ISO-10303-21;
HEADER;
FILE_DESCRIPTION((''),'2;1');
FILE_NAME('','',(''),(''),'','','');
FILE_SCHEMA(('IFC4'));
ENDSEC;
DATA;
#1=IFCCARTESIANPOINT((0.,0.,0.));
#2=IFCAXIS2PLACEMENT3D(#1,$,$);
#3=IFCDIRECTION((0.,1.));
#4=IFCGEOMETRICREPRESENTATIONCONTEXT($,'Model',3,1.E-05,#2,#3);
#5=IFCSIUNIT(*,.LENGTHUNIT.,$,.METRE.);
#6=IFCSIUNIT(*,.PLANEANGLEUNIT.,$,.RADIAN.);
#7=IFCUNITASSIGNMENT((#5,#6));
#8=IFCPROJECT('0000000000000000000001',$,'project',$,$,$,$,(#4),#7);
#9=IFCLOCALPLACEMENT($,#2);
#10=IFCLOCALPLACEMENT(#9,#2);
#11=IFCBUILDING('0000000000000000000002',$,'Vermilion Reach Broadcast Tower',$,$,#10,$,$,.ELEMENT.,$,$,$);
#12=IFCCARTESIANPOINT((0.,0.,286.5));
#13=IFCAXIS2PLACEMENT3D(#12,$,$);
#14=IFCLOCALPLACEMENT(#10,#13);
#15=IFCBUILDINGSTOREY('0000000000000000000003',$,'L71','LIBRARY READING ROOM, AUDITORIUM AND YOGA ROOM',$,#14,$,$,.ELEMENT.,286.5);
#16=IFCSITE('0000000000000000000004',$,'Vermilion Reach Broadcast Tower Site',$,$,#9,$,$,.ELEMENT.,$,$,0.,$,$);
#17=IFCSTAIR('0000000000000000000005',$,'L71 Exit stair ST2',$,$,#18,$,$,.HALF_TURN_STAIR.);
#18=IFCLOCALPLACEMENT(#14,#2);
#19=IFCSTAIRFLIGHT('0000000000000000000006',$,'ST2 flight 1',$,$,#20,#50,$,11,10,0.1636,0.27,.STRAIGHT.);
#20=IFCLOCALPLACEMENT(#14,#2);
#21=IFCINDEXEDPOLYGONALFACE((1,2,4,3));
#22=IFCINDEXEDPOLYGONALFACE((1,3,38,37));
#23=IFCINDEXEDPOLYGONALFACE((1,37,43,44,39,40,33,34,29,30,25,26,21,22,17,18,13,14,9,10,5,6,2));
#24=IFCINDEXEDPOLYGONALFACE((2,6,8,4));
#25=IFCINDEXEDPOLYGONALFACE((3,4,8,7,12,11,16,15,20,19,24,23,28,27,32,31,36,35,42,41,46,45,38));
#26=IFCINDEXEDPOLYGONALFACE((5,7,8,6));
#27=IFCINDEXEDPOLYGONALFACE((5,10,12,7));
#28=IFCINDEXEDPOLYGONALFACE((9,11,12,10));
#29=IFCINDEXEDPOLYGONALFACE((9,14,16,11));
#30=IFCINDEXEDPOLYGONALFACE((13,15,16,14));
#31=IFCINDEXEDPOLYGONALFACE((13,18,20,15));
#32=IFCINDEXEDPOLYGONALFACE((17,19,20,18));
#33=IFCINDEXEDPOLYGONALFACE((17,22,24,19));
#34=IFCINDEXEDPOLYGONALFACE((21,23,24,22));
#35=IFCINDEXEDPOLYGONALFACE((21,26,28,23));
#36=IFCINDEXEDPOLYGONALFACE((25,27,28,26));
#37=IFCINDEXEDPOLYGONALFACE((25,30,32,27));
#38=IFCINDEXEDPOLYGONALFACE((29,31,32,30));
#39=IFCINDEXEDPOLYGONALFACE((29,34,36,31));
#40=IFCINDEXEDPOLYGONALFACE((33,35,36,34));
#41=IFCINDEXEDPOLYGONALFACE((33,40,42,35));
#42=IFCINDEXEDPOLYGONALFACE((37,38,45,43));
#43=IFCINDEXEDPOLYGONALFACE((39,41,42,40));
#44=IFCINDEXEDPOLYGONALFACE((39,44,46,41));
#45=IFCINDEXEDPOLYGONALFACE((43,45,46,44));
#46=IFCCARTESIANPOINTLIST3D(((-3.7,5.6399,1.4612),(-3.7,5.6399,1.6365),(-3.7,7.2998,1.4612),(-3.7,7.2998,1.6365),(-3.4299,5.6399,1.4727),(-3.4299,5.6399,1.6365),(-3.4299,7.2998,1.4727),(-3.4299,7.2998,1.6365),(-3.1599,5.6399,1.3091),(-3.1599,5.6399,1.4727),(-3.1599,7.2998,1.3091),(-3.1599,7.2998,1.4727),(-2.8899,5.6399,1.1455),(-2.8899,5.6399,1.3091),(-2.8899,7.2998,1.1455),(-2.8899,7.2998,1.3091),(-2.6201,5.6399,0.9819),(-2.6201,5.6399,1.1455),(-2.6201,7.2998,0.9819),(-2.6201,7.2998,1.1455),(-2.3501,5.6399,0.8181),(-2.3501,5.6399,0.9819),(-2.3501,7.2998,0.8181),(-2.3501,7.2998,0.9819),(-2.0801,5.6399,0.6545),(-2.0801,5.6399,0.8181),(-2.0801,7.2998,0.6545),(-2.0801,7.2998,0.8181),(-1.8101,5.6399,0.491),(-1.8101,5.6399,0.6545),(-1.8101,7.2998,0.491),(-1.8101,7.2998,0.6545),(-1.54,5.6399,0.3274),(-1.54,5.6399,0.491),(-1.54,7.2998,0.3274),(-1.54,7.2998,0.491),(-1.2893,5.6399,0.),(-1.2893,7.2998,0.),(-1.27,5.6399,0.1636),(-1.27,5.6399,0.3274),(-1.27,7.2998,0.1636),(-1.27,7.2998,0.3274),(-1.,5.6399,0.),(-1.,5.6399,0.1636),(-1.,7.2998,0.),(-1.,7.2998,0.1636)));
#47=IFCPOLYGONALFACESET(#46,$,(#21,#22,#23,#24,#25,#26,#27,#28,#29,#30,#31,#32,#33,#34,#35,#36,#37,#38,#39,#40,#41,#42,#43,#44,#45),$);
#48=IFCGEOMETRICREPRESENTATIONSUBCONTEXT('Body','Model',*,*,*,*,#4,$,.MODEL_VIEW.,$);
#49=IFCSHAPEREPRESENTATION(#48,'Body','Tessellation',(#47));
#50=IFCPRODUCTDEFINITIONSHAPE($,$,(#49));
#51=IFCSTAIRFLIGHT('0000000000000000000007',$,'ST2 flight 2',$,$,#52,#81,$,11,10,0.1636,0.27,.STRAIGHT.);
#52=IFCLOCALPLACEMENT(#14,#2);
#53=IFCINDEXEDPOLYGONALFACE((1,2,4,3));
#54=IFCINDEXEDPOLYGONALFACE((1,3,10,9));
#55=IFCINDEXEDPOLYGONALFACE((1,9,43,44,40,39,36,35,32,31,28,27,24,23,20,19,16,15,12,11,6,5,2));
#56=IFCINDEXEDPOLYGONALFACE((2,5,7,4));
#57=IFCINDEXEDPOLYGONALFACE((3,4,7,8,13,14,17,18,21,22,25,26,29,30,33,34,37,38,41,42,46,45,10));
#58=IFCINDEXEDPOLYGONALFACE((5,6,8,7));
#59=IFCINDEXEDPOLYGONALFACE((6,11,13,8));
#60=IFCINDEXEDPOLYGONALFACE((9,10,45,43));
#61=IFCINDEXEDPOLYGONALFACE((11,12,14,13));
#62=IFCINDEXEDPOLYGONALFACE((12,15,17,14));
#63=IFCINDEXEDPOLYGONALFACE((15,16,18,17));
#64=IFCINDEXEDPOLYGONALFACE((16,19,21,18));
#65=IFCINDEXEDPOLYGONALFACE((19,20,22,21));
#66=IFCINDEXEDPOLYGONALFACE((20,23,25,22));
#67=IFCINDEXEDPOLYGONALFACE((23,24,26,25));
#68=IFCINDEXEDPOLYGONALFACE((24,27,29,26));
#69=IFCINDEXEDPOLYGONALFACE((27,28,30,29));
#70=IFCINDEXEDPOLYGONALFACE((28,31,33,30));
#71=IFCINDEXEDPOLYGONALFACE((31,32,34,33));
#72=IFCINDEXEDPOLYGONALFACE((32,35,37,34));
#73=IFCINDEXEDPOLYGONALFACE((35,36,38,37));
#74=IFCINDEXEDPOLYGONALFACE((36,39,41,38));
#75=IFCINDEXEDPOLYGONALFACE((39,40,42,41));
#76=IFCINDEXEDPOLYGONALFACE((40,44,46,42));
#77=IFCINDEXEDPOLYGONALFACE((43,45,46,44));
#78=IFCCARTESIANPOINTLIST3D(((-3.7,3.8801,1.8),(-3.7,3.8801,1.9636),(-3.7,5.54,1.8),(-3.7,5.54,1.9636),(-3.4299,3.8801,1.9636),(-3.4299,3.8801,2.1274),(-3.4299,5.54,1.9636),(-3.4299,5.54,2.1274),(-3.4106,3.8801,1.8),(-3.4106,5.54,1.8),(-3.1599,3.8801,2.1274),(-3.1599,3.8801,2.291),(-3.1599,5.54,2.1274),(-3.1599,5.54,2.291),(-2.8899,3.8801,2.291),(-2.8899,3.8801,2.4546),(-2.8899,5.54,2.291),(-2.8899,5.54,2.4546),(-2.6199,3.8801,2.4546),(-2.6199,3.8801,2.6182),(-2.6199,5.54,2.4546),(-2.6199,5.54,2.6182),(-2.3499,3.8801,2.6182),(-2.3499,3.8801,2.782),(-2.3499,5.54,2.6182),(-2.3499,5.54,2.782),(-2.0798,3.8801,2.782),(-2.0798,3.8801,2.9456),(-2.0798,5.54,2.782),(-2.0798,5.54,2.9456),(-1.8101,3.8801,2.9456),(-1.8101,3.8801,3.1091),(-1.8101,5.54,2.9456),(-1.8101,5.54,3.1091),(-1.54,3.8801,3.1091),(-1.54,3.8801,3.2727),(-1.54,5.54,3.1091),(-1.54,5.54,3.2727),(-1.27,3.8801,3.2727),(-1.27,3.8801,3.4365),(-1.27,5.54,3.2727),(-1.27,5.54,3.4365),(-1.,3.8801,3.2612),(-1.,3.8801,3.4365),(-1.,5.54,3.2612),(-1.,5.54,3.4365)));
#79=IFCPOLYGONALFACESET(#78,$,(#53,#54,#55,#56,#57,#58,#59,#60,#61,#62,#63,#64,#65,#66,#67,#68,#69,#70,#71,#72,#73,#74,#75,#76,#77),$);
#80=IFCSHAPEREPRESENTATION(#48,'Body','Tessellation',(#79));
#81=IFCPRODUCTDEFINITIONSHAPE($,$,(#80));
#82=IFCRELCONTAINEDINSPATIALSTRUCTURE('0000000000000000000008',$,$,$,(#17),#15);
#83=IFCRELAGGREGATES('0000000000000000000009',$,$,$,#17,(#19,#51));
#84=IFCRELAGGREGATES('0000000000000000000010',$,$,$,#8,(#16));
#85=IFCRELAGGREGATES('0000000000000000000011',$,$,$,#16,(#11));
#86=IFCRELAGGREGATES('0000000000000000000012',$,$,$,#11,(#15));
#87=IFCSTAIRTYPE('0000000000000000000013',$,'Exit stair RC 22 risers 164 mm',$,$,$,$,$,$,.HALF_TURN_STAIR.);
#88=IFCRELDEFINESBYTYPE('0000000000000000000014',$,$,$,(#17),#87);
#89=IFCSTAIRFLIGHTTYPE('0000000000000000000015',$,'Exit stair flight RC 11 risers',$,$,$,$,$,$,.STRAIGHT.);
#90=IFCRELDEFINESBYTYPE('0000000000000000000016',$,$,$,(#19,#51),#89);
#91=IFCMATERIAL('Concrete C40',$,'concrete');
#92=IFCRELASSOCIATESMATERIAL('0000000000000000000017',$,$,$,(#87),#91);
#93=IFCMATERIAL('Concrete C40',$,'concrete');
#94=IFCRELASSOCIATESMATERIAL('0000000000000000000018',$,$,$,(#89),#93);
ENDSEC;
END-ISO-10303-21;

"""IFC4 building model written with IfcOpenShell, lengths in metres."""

from ifc_helpers import new_model, si_unit, direction, frame, origin, place, context, subcontext, project, spatial, polyline, outline, extrude, material, type_object, element, aggregate, save


model = new_model("IFC4")

# Units and contexts
model_context = context("Model", 3, precision=1e-05, world=origin(), true_north=direction((0.0, 1.0)))
body_context = subcontext(model_context, "Body", "Model", "MODEL_VIEW")
ifc_project = project(units=[si_unit("LENGTHUNIT", "METRE"), si_unit("PLANEANGLEUNIT", "RADIAN")], contexts=[model_context])

# Site, building, storey
site_placement = place(None, origin())
site = spatial("IfcSite", under=ifc_project, at=site_placement, Name="Vermilion Reach Broadcast Tower Site", CompositionType="ELEMENT", RefElevation=0.0)
building_placement = place(site_placement, origin())
building = spatial("IfcBuilding", under=site, at=building_placement, Name="Vermilion Reach Broadcast Tower", CompositionType="ELEMENT")
storey_placement = place(building_placement, frame((0.0, 0.0, 286.5)))
storey = spatial("IfcBuildingStorey", under=building, at=storey_placement, Name="L71", Description="LIBRARY READING ROOM, AUDITORIUM AND YOGA ROOM", CompositionType="ELEMENT", Elevation=286.5)

# Stair
ifc_material_1 = material(Name="Concrete C40", Category="concrete")
stair_type = type_object("IfcStairType", Name="Exit stair RC 22 risers 164 mm", PredefinedType="HALF_TURN_STAIR", material=ifc_material_1)
placement_1 = place(storey_placement, origin())
stair_1 = element("IfcStair", 1, at=placement_1, inside=storey, type_object=stair_type, Name="L71 Exit stair ST2", PredefinedType="HALF_TURN_STAIR")

# Stair flights
ifc_material_2 = material(Name="Concrete C40", Category="concrete")
stair_flight_type = type_object("IfcStairFlightType", Name="Exit stair flight RC 11 risers", PredefinedType="STRAIGHT", material=ifc_material_2)
stair_flight_1_placement = place(storey_placement, frame((-1.0, 6.47, 0.0), z_axis=(0.0, 0.0, 1.0), x_axis=(-1.0, 0.0, 0.0)))
stair_flight_1 = element("IfcStairFlight", 2, at=stair_flight_1_placement, type_object=stair_flight_type, Name="ST2 flight 1", NumberOfRisers=11, NumberOfTreads=10, PredefinedType="STRAIGHT", RiserHeight=0.1636, TreadLength=0.27, context=body_context, shape_type="SweptSolid", body=[
    extrude(outline(polyline([(0.0, 0.0), (0.0, 0.1636), (0.27, 0.1636), (0.27, 0.3274), (0.54, 0.3274), (0.54, 0.491), (0.8101, 0.491), (0.8101, 0.6545), (1.0801, 0.6545), (1.0801, 0.8181), (1.3501, 0.8181), (1.3501, 0.9819), (1.6201, 0.9819), (1.6201, 1.1455), (1.8899, 1.1455), (1.8899, 1.3091), (2.1599, 1.3091), (2.1599, 1.4727), (2.4299, 1.4727), (2.4299, 1.6365), (2.7, 1.6365), (2.7, 1.8), (2.7, 1.4612), (0.2893, 0.0), (0.0, 0.0)])), frame((0.0, 0.8301, 0.0), z_axis=(0.0, -1.0, 0.0), x_axis=(1.0, 0.0, 0.0)), (0.0, 0.0, 1.0), 1.6599),
])
stair_flight_2_placement = place(storey_placement, frame((-3.7, 4.71, 1.8), z_axis=(0.0, 0.0, 1.0), x_axis=(1.0, 0.0, 0.0)))
stair_flight_2 = element("IfcStairFlight", 3, at=stair_flight_2_placement, type_object=stair_flight_type, Name="ST2 flight 2", NumberOfRisers=11, NumberOfTreads=10, PredefinedType="STRAIGHT", RiserHeight=0.1636, TreadLength=0.27, context=body_context, shape_type="SweptSolid", body=[
    extrude(outline(polyline([(0.0, 0.0), (0.0, 0.1636), (0.27, 0.1636), (0.27, 0.3274), (0.54, 0.3274), (0.54, 0.491), (0.8101, 0.491), (0.8101, 0.6545), (1.0801, 0.6545), (1.0801, 0.8181), (1.3501, 0.8181), (1.3501, 0.9819), (1.6201, 0.9819), (1.6201, 1.1455), (1.8899, 1.1455), (1.8899, 1.3091), (2.1599, 1.3091), (2.1599, 1.4727), (2.4299, 1.4727), (2.4299, 1.6365), (2.7, 1.6365), (2.7, 1.8), (2.7, 1.4612), (0.2893, 0.0), (0.0, 0.0)])), frame((0.0, 0.8301, 0.0), z_axis=(0.0, -1.0, 0.0), x_axis=(1.0, 0.0, 0.0)), (0.0, 0.0, 1.0), 1.6599),
])
aggregate(stair_1, [stair_flight_1, stair_flight_2])

save(model, "model.ifc")
